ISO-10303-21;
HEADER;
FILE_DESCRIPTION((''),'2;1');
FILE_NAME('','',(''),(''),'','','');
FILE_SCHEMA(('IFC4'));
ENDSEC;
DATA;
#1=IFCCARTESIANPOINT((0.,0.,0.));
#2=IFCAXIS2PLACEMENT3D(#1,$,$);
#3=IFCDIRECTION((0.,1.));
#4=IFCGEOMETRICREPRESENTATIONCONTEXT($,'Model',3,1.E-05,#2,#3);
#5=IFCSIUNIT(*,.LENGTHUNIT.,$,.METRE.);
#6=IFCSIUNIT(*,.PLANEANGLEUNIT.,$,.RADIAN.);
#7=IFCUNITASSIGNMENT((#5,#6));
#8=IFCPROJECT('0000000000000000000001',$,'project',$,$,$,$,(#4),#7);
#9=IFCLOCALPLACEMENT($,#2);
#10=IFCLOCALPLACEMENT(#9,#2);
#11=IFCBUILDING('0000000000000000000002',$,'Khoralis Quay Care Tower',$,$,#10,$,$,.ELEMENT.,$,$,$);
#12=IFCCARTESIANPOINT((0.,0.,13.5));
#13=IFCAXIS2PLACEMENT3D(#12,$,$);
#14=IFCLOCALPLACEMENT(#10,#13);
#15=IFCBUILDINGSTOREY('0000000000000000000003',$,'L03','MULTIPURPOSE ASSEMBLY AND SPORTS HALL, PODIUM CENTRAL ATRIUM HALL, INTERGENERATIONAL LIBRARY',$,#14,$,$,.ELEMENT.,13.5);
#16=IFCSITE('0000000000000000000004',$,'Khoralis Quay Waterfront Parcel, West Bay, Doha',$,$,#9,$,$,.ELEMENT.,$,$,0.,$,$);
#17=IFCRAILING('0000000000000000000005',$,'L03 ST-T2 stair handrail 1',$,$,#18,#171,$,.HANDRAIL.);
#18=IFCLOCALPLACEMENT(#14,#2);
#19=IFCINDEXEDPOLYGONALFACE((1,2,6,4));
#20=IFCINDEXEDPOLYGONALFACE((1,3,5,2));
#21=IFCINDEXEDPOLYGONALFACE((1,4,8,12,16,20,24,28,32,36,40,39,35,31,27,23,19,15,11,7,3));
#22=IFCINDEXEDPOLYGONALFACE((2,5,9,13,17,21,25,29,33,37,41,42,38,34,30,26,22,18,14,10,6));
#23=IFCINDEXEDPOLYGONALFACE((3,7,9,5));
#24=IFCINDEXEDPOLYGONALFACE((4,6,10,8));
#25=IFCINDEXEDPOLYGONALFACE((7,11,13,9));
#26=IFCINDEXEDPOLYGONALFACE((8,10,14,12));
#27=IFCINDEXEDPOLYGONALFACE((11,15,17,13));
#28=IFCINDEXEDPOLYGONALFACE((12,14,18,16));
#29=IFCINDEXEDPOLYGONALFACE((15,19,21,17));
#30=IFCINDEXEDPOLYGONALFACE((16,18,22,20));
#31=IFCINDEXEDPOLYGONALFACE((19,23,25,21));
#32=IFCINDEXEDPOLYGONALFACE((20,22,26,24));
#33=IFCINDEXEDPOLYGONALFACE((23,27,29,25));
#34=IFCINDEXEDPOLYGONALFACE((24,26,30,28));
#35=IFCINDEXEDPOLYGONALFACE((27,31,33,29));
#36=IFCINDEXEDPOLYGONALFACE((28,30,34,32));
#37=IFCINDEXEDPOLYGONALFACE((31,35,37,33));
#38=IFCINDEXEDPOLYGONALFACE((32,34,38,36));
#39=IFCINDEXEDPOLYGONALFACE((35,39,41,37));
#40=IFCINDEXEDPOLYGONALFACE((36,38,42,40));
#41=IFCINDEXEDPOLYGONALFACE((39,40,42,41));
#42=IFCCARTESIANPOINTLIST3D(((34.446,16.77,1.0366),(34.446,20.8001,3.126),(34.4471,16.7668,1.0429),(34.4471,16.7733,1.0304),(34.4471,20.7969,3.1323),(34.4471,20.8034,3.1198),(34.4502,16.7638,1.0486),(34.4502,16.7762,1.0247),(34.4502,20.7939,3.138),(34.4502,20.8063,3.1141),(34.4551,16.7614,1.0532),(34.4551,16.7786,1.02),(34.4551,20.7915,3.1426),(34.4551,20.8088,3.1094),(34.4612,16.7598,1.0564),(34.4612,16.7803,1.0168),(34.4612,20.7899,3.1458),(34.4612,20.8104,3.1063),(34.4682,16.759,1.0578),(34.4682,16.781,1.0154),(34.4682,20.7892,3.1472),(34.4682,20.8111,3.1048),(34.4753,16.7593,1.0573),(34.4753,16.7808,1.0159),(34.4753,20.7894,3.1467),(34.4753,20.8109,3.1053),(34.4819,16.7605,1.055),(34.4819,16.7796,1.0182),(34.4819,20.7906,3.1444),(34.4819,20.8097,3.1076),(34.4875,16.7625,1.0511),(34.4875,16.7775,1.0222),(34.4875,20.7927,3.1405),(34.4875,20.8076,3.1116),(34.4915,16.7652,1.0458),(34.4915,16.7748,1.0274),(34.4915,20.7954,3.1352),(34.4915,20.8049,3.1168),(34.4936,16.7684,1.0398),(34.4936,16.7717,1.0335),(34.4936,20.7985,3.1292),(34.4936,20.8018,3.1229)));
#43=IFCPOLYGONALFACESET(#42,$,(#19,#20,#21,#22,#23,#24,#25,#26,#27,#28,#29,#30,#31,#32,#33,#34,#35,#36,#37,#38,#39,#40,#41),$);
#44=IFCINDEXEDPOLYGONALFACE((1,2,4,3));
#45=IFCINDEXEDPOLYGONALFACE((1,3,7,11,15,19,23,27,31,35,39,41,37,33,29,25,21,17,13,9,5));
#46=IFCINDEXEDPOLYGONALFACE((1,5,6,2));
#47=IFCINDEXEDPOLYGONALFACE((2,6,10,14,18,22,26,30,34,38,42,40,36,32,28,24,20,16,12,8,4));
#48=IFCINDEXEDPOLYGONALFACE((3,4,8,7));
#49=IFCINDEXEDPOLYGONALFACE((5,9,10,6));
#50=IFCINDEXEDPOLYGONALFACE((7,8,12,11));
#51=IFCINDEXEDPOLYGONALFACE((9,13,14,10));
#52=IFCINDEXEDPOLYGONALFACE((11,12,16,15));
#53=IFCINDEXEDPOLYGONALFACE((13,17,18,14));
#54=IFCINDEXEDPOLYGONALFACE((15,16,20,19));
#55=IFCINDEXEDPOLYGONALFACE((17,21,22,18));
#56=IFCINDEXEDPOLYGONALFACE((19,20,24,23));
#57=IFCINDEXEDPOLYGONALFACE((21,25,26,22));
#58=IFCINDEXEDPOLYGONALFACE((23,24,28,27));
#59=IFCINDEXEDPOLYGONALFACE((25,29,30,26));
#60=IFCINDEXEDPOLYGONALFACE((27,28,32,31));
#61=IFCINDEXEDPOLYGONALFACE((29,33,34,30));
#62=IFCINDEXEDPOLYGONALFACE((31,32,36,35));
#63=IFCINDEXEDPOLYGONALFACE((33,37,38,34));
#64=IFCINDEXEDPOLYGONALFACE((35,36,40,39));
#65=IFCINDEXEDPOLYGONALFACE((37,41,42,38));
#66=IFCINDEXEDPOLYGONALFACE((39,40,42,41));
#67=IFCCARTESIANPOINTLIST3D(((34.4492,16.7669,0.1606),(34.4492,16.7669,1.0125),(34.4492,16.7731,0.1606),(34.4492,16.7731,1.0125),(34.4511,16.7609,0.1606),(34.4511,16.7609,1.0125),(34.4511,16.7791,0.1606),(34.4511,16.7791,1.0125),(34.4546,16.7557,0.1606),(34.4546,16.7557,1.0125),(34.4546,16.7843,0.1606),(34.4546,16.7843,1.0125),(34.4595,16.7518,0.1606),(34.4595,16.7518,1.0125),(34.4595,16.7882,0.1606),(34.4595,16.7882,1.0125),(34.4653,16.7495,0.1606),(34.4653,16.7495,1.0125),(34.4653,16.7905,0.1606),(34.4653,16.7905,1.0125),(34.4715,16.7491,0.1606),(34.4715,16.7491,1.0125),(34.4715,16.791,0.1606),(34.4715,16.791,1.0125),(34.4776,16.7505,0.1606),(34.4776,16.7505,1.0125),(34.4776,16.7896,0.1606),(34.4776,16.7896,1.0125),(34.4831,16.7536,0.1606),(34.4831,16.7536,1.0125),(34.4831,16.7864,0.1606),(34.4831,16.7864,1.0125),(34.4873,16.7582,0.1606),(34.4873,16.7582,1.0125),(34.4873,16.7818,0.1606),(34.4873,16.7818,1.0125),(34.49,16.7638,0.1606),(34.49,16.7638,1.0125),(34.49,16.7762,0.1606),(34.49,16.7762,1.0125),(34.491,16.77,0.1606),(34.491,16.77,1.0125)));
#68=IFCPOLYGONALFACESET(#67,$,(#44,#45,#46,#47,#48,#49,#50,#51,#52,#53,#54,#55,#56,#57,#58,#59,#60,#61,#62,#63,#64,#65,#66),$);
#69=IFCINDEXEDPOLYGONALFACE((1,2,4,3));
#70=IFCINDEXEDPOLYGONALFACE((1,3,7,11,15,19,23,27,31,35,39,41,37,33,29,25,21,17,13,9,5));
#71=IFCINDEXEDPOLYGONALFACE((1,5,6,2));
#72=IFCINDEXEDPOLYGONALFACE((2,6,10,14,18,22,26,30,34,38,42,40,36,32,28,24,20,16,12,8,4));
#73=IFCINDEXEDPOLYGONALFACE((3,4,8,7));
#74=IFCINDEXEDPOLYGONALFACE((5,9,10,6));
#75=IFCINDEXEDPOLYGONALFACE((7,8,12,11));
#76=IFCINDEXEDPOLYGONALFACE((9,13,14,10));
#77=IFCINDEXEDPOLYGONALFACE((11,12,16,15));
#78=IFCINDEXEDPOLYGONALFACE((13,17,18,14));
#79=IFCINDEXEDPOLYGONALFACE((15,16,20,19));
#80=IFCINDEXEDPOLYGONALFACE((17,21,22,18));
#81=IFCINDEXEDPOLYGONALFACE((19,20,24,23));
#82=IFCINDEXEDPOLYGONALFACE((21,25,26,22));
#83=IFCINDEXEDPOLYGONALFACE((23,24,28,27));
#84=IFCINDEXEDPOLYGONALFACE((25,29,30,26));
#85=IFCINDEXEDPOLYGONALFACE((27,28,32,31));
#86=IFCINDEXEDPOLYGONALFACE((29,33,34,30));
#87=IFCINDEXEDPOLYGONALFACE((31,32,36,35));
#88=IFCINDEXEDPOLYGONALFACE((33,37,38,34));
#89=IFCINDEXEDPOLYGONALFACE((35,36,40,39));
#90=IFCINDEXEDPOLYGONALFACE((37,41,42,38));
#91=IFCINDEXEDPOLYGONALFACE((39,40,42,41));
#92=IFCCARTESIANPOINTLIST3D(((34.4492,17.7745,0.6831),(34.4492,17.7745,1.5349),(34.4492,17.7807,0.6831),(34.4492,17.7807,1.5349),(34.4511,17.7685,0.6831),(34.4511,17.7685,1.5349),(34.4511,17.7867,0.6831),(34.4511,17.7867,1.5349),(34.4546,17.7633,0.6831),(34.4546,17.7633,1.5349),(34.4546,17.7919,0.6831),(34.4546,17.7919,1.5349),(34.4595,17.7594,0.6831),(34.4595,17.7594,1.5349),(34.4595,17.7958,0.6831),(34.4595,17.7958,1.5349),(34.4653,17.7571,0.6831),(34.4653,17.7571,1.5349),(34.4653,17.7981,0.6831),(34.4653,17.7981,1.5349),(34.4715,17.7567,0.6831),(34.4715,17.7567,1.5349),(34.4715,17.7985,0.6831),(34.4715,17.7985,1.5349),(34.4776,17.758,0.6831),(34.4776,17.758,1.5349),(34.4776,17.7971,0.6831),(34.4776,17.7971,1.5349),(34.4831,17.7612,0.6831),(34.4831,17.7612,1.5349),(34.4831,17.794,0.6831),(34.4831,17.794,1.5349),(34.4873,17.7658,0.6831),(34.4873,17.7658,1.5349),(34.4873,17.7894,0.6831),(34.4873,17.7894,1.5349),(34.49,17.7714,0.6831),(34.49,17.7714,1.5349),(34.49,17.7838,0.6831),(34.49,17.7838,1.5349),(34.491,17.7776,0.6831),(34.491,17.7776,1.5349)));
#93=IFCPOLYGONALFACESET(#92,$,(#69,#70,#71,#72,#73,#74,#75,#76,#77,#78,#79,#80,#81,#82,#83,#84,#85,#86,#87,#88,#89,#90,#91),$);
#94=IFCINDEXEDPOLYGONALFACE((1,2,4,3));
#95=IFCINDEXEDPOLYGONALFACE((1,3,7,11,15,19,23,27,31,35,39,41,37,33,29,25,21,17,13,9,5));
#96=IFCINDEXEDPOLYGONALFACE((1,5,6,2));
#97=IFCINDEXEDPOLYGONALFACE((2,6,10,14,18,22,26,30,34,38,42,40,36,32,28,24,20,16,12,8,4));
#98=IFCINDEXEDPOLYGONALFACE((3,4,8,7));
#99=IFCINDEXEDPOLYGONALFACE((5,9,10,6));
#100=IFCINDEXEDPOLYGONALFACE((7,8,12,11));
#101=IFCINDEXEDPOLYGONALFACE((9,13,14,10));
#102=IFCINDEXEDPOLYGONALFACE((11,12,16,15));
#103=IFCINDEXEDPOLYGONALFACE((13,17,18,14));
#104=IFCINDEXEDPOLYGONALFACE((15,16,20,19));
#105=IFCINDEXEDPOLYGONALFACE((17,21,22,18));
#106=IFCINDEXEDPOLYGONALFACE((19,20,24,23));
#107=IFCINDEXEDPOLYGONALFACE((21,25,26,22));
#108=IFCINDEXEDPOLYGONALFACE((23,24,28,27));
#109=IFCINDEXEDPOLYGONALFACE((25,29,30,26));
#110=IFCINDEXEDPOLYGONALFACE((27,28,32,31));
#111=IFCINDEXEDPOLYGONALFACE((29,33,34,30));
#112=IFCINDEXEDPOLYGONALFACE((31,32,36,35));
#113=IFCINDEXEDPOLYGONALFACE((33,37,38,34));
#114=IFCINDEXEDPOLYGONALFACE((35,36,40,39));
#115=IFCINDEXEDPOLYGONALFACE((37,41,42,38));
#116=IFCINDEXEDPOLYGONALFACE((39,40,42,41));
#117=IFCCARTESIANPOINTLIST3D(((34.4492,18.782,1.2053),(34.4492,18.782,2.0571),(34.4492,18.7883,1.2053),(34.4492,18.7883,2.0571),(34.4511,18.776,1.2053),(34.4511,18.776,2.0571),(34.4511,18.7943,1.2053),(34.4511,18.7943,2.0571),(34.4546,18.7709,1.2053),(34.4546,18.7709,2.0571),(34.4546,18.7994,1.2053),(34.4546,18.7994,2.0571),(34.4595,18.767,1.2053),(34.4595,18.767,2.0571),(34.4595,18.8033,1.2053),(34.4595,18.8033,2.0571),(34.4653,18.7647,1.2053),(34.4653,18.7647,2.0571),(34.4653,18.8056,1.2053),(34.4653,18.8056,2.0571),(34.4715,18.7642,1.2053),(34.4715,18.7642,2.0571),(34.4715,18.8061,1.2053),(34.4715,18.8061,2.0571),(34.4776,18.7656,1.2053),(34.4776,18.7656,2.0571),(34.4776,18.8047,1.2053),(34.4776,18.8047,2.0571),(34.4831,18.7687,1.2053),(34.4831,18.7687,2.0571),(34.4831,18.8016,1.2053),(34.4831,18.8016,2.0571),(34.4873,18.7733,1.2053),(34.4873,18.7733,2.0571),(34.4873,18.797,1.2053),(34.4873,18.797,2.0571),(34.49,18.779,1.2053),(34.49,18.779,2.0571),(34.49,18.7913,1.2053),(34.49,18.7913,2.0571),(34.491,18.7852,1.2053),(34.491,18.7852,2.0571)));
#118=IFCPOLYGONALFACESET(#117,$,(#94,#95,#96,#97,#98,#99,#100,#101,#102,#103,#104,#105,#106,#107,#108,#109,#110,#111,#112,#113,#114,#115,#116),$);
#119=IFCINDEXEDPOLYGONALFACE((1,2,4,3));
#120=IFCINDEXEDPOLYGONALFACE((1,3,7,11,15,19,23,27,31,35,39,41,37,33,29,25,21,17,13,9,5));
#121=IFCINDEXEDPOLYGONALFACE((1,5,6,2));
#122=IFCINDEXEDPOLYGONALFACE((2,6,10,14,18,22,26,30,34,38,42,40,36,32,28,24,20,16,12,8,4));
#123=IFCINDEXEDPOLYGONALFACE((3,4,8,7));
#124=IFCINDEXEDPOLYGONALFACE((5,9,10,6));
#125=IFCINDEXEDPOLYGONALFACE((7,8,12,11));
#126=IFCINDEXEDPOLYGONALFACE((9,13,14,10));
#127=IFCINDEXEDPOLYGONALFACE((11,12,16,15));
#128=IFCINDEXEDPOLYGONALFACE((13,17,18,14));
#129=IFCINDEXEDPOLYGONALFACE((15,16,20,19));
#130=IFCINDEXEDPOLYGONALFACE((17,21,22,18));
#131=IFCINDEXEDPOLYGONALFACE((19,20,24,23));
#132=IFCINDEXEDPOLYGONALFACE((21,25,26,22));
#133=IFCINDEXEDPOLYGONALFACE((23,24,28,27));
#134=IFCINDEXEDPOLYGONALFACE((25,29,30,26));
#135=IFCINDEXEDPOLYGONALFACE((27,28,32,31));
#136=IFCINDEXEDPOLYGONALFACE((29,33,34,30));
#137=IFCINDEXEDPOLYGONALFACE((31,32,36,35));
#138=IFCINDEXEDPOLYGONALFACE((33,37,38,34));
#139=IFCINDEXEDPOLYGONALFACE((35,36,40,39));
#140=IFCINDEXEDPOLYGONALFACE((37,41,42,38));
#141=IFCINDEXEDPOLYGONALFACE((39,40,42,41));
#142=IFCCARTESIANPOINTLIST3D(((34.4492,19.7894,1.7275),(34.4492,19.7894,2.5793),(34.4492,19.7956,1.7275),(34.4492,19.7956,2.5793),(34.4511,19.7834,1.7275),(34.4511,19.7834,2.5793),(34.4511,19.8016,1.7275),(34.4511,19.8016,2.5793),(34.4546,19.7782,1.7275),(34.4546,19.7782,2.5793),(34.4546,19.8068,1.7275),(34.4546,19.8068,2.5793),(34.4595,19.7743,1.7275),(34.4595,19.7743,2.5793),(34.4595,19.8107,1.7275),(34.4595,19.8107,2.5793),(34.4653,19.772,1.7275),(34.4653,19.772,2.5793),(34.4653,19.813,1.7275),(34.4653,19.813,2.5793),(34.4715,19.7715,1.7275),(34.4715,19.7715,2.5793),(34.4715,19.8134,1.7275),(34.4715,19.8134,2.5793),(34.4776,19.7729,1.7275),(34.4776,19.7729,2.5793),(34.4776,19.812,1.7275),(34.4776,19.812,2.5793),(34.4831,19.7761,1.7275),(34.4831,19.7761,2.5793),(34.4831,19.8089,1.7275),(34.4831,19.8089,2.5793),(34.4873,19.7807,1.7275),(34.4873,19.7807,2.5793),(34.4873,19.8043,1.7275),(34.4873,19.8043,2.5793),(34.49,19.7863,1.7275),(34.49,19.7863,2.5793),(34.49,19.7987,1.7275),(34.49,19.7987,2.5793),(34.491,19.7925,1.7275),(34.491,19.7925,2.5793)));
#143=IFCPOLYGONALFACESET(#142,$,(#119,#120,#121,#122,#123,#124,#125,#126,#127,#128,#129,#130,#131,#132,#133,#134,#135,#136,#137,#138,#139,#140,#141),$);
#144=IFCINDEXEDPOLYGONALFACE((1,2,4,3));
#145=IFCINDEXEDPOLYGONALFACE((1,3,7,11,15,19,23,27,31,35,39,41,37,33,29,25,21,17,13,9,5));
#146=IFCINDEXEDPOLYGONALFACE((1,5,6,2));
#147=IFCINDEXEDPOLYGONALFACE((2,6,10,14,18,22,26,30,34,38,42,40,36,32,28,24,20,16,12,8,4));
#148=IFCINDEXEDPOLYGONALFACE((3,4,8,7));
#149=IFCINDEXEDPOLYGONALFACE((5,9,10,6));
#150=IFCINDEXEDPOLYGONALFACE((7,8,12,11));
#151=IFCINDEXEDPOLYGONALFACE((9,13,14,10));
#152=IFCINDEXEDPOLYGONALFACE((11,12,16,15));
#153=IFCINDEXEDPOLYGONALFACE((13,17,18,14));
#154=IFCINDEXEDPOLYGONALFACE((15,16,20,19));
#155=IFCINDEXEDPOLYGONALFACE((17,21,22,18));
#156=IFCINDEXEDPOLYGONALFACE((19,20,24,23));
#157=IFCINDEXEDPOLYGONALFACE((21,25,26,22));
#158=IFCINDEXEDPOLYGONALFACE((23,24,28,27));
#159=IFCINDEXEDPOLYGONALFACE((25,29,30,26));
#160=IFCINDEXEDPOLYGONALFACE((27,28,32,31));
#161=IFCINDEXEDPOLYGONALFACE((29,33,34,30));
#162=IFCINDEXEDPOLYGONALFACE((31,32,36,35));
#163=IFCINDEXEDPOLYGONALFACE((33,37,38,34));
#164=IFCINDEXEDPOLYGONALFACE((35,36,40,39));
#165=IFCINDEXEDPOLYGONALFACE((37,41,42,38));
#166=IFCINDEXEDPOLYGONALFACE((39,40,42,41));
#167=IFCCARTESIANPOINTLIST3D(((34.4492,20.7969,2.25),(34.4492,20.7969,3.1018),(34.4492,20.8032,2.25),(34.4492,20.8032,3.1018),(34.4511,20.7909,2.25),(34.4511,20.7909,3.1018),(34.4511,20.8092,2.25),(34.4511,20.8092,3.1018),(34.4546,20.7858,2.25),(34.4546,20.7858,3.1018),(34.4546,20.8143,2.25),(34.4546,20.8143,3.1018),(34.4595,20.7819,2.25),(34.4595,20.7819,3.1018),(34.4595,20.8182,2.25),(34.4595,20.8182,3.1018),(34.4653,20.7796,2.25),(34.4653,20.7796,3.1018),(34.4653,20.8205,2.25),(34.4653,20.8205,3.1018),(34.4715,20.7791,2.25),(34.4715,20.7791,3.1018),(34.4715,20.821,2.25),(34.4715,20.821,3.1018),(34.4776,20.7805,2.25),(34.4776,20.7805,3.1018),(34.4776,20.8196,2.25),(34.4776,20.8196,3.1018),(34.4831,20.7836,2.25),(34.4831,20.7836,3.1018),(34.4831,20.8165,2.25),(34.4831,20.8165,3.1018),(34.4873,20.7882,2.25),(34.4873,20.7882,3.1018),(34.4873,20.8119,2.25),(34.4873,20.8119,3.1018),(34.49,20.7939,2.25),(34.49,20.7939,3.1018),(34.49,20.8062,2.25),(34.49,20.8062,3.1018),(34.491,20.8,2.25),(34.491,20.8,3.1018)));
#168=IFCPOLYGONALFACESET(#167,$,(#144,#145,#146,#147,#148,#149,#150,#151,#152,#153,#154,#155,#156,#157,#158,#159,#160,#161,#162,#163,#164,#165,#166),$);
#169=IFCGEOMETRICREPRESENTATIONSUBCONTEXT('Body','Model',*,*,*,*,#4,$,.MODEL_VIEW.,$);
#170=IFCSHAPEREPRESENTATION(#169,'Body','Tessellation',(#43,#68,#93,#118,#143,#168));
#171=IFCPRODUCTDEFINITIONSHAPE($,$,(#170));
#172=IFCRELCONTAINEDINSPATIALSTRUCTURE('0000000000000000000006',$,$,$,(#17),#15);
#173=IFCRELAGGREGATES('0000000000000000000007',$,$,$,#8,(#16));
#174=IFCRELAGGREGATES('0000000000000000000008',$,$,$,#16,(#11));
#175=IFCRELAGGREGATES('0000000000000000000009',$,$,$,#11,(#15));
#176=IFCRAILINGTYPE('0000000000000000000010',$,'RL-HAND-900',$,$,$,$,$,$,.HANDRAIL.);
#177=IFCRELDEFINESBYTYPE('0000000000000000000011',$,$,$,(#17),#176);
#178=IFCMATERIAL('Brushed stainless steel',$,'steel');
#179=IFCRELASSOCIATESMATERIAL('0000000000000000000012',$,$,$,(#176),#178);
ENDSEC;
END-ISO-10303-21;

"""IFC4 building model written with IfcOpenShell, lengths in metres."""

from ifc_helpers import new_model, si_unit, direction, frame, origin, origin_2d, place, context, subcontext, project, spatial, circle, extrude, material, type_object, element, save


model = new_model("IFC4")

# Units and contexts
model_context = context("Model", 3, precision=1e-05, world=origin(), true_north=direction((0.0, 1.0)))
body_context = subcontext(model_context, "Body", "Model", "MODEL_VIEW")
ifc_project = project(units=[si_unit("LENGTHUNIT", "METRE"), si_unit("PLANEANGLEUNIT", "RADIAN")], contexts=[model_context])

# Site, building, storey
site_placement = place(None, origin())
site = spatial("IfcSite", under=ifc_project, at=site_placement, Name="Khoralis Quay Waterfront Parcel, West Bay, Doha", CompositionType="ELEMENT", RefElevation=0.0)
building_placement = place(site_placement, origin())
building = spatial("IfcBuilding", under=site, at=building_placement, Name="Khoralis Quay Care Tower", CompositionType="ELEMENT")
storey_placement = place(building_placement, frame((0.0, 0.0, 13.5)))
storey = spatial("IfcBuildingStorey", under=building, at=storey_placement, Name="L03", Description="MULTIPURPOSE ASSEMBLY AND SPORTS HALL, PODIUM CENTRAL ATRIUM HALL, INTERGENERATIONAL LIBRARY", CompositionType="ELEMENT", Elevation=13.5)

# Shared definitions
ifc_material_1 = material(Name="Brushed stainless steel", Category="steel")

# Railing
railing_type_1 = type_object("IfcRailingType", Name="RL-HAND-900", PredefinedType="HANDRAIL", material=ifc_material_1)
railing_1_placement = place(storey_placement, frame((34.47, 16.77, 0.1606)))
element("IfcRailing", 1, at=railing_1_placement, inside=storey, type_object=railing_type_1, Name="L03 ST-T2 stair handrail 1", PredefinedType="HANDRAIL", context=body_context, shape_type="SweptSolid", body=[
    extrude(circle(Radius=0.0239, at=origin_2d()), frame((0.0, 0.0, 0.876), z_axis=(0.0, 0.887781, 0.460267), x_axis=(-1.0, 0.0, 0.0)), (0.0, 0.0, 1.0), 4.5396),
    extrude(circle(Radius=0.021, at=origin_2d()), origin(), (0.0, 0.0, 1.0), 0.8518),
    extrude(circle(Radius=0.021, at=origin_2d()), frame((0.0, 1.0076, 0.5225)), (0.0, 0.0, 1.0), 0.8518),
    extrude(circle(Radius=0.021, at=origin_2d()), frame((0.0, 2.0151, 1.0447)), (0.0, 0.0, 1.0), 0.8518),
    extrude(circle(Radius=0.021, at=origin_2d()), frame((0.0, 3.0225, 1.5669)), (0.0, 0.0, 1.0), 0.8518),
    extrude(circle(Radius=0.021, at=origin_2d()), frame((0.0, 4.03, 2.0894)), (0.0, 0.0, 1.0), 0.8518),
])

save(model, "model.ifc")
